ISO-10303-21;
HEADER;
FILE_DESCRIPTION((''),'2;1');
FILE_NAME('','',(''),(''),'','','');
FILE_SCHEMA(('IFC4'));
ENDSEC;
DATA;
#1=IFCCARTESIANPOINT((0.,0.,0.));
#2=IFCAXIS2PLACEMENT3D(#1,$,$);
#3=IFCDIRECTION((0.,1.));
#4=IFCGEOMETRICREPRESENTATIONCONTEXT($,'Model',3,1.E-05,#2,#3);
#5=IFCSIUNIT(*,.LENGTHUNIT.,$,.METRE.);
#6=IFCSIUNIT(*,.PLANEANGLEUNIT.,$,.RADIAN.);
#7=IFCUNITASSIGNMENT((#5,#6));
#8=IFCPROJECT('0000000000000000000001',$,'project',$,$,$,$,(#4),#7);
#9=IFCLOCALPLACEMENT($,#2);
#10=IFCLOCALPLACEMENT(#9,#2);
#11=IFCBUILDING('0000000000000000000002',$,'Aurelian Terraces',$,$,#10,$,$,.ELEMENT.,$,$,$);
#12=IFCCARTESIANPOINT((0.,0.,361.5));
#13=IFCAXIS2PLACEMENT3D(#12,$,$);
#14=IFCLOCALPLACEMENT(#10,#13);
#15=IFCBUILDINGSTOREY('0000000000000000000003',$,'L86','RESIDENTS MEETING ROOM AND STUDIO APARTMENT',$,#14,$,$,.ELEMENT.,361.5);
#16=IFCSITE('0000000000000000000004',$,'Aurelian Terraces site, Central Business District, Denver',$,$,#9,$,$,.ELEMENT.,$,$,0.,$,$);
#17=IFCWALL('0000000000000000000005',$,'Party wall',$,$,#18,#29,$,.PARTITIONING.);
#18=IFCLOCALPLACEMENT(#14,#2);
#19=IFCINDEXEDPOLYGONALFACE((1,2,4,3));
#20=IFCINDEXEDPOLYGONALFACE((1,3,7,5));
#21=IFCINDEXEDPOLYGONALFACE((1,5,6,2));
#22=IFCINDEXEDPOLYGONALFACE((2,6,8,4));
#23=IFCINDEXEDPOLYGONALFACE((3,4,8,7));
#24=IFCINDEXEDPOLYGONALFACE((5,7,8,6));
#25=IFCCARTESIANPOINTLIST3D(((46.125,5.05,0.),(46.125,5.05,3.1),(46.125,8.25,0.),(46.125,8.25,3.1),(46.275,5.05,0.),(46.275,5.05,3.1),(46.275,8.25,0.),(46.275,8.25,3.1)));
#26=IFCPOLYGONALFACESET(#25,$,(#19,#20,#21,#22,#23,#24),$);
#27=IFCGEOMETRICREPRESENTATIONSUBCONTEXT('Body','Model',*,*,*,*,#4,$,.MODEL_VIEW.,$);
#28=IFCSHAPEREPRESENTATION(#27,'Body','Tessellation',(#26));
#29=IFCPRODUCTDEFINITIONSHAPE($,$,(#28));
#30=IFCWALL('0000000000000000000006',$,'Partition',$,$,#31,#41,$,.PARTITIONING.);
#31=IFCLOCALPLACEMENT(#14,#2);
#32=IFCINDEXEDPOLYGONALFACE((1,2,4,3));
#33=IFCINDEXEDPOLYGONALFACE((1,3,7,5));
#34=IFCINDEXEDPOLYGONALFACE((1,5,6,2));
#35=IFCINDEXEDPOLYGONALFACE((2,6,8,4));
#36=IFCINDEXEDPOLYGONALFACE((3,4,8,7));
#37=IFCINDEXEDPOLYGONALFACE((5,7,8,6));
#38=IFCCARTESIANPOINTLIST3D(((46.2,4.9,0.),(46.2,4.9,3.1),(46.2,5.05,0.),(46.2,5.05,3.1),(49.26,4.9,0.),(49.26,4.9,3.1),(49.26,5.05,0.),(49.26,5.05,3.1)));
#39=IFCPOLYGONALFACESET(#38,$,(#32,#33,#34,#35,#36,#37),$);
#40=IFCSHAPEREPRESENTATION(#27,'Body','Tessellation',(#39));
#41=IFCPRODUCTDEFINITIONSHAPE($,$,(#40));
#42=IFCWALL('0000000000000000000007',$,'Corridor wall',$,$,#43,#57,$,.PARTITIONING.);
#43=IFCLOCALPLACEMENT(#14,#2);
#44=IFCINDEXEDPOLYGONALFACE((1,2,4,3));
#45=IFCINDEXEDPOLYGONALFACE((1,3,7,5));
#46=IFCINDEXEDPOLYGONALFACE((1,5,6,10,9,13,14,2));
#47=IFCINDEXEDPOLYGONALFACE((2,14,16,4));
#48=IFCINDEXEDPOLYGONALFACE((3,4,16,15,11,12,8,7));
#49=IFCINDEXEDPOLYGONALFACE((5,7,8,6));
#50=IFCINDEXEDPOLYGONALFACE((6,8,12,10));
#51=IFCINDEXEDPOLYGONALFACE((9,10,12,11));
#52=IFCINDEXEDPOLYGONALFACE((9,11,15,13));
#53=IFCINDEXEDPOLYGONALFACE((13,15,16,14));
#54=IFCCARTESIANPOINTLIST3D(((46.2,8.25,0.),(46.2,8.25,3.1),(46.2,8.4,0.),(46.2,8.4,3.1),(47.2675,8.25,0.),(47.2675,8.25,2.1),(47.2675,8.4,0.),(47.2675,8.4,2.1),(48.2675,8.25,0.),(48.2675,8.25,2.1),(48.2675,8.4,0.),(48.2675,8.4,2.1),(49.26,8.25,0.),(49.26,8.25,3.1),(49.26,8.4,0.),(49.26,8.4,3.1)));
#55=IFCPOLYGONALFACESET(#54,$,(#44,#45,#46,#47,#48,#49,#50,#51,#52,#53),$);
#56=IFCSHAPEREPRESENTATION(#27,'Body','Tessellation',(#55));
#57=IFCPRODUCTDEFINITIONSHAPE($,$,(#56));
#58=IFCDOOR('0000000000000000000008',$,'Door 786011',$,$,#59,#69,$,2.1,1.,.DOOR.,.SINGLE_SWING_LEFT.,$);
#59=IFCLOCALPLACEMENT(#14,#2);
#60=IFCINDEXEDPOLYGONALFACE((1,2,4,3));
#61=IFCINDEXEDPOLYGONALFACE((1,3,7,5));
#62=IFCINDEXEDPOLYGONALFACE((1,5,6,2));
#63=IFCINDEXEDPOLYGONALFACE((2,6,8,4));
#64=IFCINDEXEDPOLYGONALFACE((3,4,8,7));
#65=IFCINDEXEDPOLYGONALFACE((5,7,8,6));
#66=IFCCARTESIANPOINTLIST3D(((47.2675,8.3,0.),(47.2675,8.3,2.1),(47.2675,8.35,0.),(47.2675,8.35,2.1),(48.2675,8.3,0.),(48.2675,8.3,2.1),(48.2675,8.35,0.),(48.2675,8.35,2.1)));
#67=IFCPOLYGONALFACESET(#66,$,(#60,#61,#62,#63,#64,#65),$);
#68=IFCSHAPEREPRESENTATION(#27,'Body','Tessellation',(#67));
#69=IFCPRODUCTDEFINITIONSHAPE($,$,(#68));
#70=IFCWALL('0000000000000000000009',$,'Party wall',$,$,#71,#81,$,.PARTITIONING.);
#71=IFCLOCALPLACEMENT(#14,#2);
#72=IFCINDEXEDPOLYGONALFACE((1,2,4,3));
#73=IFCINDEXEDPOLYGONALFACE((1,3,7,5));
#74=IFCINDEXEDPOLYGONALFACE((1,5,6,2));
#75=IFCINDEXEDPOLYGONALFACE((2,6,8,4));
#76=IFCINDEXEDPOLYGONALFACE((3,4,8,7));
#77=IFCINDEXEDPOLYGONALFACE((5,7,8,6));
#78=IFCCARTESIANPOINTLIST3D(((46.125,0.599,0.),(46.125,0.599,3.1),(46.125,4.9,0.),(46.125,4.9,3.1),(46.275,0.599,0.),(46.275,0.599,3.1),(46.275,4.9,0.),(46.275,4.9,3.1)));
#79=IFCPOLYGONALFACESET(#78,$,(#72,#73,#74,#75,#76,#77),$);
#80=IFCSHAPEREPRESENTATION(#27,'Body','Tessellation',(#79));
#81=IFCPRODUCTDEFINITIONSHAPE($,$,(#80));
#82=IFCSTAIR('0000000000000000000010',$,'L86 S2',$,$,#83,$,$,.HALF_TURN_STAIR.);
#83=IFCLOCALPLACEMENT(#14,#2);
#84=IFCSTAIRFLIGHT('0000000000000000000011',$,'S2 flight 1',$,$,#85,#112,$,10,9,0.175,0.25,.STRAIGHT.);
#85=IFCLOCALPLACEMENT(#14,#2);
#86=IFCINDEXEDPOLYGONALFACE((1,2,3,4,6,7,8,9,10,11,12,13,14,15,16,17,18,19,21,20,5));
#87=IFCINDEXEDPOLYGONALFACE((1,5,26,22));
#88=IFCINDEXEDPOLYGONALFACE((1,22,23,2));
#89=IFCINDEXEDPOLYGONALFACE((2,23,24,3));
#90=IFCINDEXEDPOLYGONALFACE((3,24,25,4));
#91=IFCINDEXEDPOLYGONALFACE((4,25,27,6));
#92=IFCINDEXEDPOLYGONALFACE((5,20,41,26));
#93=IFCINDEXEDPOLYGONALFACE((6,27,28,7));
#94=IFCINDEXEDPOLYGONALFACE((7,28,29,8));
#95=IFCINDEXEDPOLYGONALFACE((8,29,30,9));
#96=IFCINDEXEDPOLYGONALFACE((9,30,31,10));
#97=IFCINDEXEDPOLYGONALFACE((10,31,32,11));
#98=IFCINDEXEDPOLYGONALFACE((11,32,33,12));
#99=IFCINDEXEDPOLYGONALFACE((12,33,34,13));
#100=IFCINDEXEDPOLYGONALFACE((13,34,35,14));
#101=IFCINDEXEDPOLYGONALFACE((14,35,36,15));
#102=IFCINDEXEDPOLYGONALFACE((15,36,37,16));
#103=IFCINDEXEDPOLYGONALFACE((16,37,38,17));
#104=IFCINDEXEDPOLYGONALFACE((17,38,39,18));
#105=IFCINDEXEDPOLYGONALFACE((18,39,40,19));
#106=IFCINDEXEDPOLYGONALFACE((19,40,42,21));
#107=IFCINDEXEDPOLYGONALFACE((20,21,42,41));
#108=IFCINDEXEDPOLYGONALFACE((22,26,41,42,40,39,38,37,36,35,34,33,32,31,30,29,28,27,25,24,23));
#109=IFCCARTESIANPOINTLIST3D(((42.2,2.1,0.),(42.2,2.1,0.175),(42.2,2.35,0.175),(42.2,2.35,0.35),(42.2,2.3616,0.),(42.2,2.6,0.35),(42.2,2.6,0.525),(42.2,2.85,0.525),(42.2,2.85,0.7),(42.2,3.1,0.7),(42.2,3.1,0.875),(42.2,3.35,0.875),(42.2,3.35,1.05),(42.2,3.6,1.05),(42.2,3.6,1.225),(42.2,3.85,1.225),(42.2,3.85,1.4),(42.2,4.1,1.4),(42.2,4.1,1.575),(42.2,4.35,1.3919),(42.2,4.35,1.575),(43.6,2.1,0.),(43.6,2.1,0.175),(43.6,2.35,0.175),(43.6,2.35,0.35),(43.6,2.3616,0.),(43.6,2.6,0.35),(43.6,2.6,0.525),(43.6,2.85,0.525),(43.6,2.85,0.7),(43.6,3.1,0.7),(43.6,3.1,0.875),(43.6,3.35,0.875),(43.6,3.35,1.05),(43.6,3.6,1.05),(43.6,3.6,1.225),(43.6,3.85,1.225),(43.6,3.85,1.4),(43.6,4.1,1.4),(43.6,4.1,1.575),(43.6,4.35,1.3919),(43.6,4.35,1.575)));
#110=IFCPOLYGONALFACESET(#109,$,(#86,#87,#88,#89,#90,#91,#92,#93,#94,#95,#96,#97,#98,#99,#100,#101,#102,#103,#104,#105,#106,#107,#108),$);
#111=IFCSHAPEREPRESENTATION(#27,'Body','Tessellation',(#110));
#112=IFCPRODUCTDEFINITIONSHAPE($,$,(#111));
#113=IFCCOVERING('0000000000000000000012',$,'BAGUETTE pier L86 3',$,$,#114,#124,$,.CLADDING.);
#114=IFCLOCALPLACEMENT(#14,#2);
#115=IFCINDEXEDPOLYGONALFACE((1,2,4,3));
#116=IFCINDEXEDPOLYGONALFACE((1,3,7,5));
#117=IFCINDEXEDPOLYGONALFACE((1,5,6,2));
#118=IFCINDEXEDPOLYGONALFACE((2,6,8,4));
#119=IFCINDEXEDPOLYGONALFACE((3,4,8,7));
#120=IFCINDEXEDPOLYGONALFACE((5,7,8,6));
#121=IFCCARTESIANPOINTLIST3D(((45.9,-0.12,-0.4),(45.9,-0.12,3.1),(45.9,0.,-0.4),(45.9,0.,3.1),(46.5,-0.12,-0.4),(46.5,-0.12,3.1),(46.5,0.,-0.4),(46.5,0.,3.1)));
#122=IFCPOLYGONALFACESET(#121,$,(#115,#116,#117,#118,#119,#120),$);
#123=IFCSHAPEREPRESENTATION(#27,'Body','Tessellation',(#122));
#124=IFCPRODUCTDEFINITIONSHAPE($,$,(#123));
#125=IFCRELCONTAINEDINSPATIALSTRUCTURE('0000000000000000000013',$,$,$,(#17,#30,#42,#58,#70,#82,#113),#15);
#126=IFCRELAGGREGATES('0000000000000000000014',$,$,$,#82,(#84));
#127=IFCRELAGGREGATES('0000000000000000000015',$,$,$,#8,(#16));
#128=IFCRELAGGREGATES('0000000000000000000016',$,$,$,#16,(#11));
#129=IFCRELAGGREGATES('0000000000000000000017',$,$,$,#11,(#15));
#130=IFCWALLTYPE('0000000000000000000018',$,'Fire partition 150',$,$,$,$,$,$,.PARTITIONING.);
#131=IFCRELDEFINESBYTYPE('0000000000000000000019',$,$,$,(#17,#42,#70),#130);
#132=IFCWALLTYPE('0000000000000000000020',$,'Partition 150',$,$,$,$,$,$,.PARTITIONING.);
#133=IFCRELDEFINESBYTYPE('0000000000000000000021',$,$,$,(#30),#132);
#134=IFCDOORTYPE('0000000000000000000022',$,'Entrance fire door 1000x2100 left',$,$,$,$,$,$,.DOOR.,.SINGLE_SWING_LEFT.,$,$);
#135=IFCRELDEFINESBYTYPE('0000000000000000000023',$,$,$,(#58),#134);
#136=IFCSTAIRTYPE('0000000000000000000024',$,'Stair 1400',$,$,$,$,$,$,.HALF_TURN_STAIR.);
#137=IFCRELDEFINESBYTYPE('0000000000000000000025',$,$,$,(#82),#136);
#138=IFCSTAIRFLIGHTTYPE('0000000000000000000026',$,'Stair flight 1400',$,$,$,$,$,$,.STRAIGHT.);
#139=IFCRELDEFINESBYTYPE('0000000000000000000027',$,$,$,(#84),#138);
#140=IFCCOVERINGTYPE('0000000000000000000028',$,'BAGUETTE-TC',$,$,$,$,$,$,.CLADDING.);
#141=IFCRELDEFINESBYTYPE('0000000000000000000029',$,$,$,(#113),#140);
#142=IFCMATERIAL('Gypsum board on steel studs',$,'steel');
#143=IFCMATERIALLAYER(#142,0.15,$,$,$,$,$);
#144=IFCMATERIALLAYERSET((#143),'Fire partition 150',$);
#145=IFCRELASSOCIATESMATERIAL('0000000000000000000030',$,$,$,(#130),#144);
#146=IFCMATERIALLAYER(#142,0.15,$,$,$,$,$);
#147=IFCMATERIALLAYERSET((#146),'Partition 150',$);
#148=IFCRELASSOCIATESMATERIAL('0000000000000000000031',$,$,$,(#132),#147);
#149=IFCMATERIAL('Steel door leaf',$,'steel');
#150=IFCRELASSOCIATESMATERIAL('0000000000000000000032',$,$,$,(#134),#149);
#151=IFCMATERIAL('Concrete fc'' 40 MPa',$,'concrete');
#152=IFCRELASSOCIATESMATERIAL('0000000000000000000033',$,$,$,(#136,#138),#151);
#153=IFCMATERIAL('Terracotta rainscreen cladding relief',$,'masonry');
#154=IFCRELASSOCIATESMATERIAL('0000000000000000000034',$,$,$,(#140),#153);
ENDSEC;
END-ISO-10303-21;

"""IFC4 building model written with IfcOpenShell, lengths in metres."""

from ifc_helpers import new_model, si_unit, direction, frame, frame_2d, origin, origin_2d, place, context, subcontext, project, spatial, polyline, rectangle, outline, extrude, source, transform, mapped, material, layer, layer_set, type_object, element, fill, aggregate, save


model = new_model("IFC4")

# Units and contexts
model_context = context("Model", 3, precision=1e-05, world=origin(), true_north=direction((0.0, 1.0)))
body_context = subcontext(model_context, "Body", "Model", "MODEL_VIEW")
ifc_project = project(units=[si_unit("LENGTHUNIT", "METRE"), si_unit("PLANEANGLEUNIT", "RADIAN")], contexts=[model_context])

# Site, building, storey
site_placement = place(None, origin())
site = spatial("IfcSite", under=ifc_project, at=site_placement, Name="Aurelian Terraces site, Central Business District, Denver", CompositionType="ELEMENT", RefElevation=0.0)
building_placement = place(site_placement, origin())
building = spatial("IfcBuilding", under=site, at=building_placement, Name="Aurelian Terraces", CompositionType="ELEMENT")
storey_placement = place(building_placement, frame((0.0, 0.0, 361.5)))
storey = spatial("IfcBuildingStorey", under=building, at=storey_placement, Name="L86", Description="RESIDENTS MEETING ROOM AND STUDIO APARTMENT", CompositionType="ELEMENT", Elevation=361.5)

# Walls
ifc_material_1 = material(Name="Concrete fc' 40 MPa", Category="concrete")
ifc_material_2 = material(Name="Gypsum board on steel studs", Category="steel")
ifc_layer_1 = layer(ifc_material_2, 0.15)
ifc_layer_set_1 = layer_set([ifc_layer_1], Name="Fire partition 150")
wall_type_1 = type_object("IfcWallType", Name="Fire partition 150", PredefinedType="PARTITIONING", material=ifc_layer_set_1)
shared_shape_1 = source(origin(), body_context, "Body", "SweptSolid", [
    extrude(rectangle(XDim=3.2, YDim=0.15, at=frame_2d((1.6, 0.0))), origin(), (0.0, 0.0, 1.0), 3.1),
])
wall_1_placement = place(storey_placement, frame((46.2, 5.05, 0.0), z_axis=(0.0, 0.0, 1.0), x_axis=(0.0, 1.0, 0.0)))
element("IfcWall", 1, at=wall_1_placement, inside=storey, type_object=wall_type_1, Name="Party wall", PredefinedType="PARTITIONING", context=body_context, shape_type="MappedRepresentation", body=[
    mapped(shared_shape_1, transform((0.0, 0.0, 0.0), scale=1.0)),
])
ifc_layer_2 = layer(ifc_material_2, 0.15)
ifc_layer_set_2 = layer_set([ifc_layer_2], Name="Partition 150")
wall_type_2 = type_object("IfcWallType", Name="Partition 150", PredefinedType="PARTITIONING", material=ifc_layer_set_2)
shared_shape_2 = source(origin(), body_context, "Body", "SweptSolid", [
    extrude(rectangle(XDim=3.06, YDim=0.15, at=frame_2d((1.53, 0.0))), origin(), (0.0, 0.0, 1.0), 3.1),
])
wall_2_placement = place(storey_placement, frame((49.26, 4.975, 0.0), z_axis=(0.0, 0.0, 1.0), x_axis=(-1.0, 0.0, 0.0)))
element("IfcWall", 2, at=wall_2_placement, inside=storey, type_object=wall_type_2, Name="Partition", PredefinedType="PARTITIONING", context=body_context, shape_type="MappedRepresentation", body=[
    mapped(shared_shape_2, transform((0.0, 0.0, 0.0), scale=1.0)),
])

# Wall, opening, door
wall_3_placement = place(storey_placement, frame((49.26, 8.325, 0.0), z_axis=(0.0, 0.0, 1.0), x_axis=(-1.0, 0.0, 0.0)))
wall_3 = element("IfcWall", 3, at=wall_3_placement, inside=storey, type_object=wall_type_1, Name="Corridor wall", PredefinedType="PARTITIONING", context=body_context, shape_type="MappedRepresentation", body=[
    mapped(shared_shape_2, transform((0.0, 0.0, 0.0), scale=1.0)),
])
shared_shape_3 = source(origin(), body_context, "Body", "SweptSolid", [
    extrude(rectangle(XDim=1.0, YDim=2.1, at=frame_2d((0.5, 1.05))), frame((0.0, 0.085, 0.0), z_axis=(0.0, -1.0, 0.0), x_axis=(1.0, 0.0, 0.0)), (0.0, 0.0, 1.0), 0.17),
])
opening_1_placement = place(wall_3_placement, frame((0.9925, 0.0, 0.0)))
opening_1 = element("IfcOpeningElement", 4, at=opening_1_placement, cuts=wall_3, PredefinedType="OPENING", context=body_context, shape_type="MappedRepresentation", body=[
    mapped(shared_shape_3, transform((0.0, 0.0, 0.0), scale=1.0)),
])
ifc_material_3 = material(Name="Steel door leaf", Category="steel")
door_type = type_object("IfcDoorType", Name="Entrance fire door 1000x2100 left", OperationType="SINGLE_SWING_LEFT", PredefinedType="DOOR", material=ifc_material_3)
shared_shape_4 = source(origin(), body_context, "Body", "SweptSolid", [
    extrude(rectangle(XDim=1.0, YDim=2.1, at=frame_2d((0.5, 1.05))), frame((0.0, 0.025, 0.0), z_axis=(0.0, -1.0, 0.0), x_axis=(1.0, 0.0, 0.0)), (0.0, 0.0, 1.0), 0.05),
])
door_placement = place(opening_1_placement, origin())
door = element("IfcDoor", 5, at=door_placement, inside=storey, type_object=door_type, Name="Door 786011", OperationType="SINGLE_SWING_LEFT", OverallHeight=2.1, OverallWidth=1.0, PredefinedType="DOOR", context=body_context, shape_type="MappedRepresentation", body=[
    mapped(shared_shape_4, transform((0.0, 0.0, 0.0), scale=1.0)),
])
fill(opening_1, door)

# Wall
shared_shape_5 = source(origin(), body_context, "Body", "SweptSolid", [
    extrude(rectangle(XDim=4.301, YDim=0.15, at=frame_2d((2.1505, 0.0))), origin(), (0.0, 0.0, 1.0), 3.1),
])
wall_4_placement = place(storey_placement, frame((46.2, 0.599, 0.0), z_axis=(0.0, 0.0, 1.0), x_axis=(0.0, 1.0, 0.0)))
element("IfcWall", 6, at=wall_4_placement, inside=storey, type_object=wall_type_1, Name="Party wall", PredefinedType="PARTITIONING", context=body_context, shape_type="MappedRepresentation", body=[
    mapped(shared_shape_5, transform((0.0, 0.0, 0.0), scale=1.0)),
])

# Stair, stair flight
stair_type = type_object("IfcStairType", Name="Stair 1400", PredefinedType="HALF_TURN_STAIR", material=ifc_material_1)
stair_placement = place(storey_placement, origin())
stair = element("IfcStair", 7, at=stair_placement, inside=storey, type_object=stair_type, Name="L86 S2", PredefinedType="HALF_TURN_STAIR")
stair_flight_type = type_object("IfcStairFlightType", Name="Stair flight 1400", PredefinedType="STRAIGHT", material=ifc_material_1)
shared_shape_6 = source(origin(), body_context, "Body", "SweptSolid", [
    extrude(outline(polyline([(0.0, 0.0), (0.0, 0.175), (0.25, 0.175), (0.25, 0.35), (0.5, 0.35), (0.5, 0.525), (0.75, 0.525), (0.75, 0.7), (1.0, 0.7), (1.0, 0.875), (1.25, 0.875), (1.25, 1.05), (1.5, 1.05), (1.5, 1.225), (1.75, 1.225), (1.75, 1.4), (2.0, 1.4), (2.0, 1.575), (2.25, 1.575), (2.25, 1.75), (2.25, 1.3919), (0.2616, 0.0), (0.0, 0.0)])), frame((0.0, 0.7, 0.0), z_axis=(0.0, -1.0, 0.0), x_axis=(1.0, 0.0, 0.0)), (0.0, 0.0, 1.0), 1.4),
])
stair_flight_placement = place(storey_placement, frame((42.9, 2.1, 0.0), z_axis=(0.0, 0.0, 1.0), x_axis=(0.0, 1.0, 0.0)))
stair_flight = element("IfcStairFlight", 8, at=stair_flight_placement, type_object=stair_flight_type, Name="S2 flight 1", NumberOfRisers=10, NumberOfTreads=9, PredefinedType="STRAIGHT", RiserHeight=0.175, TreadLength=0.25, context=body_context, shape_type="MappedRepresentation", body=[
    mapped(shared_shape_6, transform((0.0, 0.0, 0.0), scale=1.0)),
])
aggregate(stair, [stair_flight])

# Covering
ifc_material_4 = material(Name="Terracotta rainscreen cladding relief", Category="masonry")
covering_type = type_object("IfcCoveringType", Name="BAGUETTE-TC", PredefinedType="CLADDING", material=ifc_material_4)
shared_shape_7 = source(origin(), body_context, "Body", "SweptSolid", [
    extrude(rectangle(XDim=0.6, YDim=0.12, at=origin_2d()), origin(), (0.0, 0.0, 1.0), 3.5),
])
covering_placement = place(storey_placement, frame((46.2, -0.06, -0.4), z_axis=(0.0, 0.0, 1.0), x_axis=(1.0, 0.0, 0.0)))
element("IfcCovering", 9, at=covering_placement, inside=storey, type_object=covering_type, Name="BAGUETTE pier L86 3", PredefinedType="CLADDING", context=body_context, shape_type="MappedRepresentation", body=[
    mapped(shared_shape_7, transform((0.0, 0.0, 0.0), scale=1.0)),
])

save(model, "model.ifc")
